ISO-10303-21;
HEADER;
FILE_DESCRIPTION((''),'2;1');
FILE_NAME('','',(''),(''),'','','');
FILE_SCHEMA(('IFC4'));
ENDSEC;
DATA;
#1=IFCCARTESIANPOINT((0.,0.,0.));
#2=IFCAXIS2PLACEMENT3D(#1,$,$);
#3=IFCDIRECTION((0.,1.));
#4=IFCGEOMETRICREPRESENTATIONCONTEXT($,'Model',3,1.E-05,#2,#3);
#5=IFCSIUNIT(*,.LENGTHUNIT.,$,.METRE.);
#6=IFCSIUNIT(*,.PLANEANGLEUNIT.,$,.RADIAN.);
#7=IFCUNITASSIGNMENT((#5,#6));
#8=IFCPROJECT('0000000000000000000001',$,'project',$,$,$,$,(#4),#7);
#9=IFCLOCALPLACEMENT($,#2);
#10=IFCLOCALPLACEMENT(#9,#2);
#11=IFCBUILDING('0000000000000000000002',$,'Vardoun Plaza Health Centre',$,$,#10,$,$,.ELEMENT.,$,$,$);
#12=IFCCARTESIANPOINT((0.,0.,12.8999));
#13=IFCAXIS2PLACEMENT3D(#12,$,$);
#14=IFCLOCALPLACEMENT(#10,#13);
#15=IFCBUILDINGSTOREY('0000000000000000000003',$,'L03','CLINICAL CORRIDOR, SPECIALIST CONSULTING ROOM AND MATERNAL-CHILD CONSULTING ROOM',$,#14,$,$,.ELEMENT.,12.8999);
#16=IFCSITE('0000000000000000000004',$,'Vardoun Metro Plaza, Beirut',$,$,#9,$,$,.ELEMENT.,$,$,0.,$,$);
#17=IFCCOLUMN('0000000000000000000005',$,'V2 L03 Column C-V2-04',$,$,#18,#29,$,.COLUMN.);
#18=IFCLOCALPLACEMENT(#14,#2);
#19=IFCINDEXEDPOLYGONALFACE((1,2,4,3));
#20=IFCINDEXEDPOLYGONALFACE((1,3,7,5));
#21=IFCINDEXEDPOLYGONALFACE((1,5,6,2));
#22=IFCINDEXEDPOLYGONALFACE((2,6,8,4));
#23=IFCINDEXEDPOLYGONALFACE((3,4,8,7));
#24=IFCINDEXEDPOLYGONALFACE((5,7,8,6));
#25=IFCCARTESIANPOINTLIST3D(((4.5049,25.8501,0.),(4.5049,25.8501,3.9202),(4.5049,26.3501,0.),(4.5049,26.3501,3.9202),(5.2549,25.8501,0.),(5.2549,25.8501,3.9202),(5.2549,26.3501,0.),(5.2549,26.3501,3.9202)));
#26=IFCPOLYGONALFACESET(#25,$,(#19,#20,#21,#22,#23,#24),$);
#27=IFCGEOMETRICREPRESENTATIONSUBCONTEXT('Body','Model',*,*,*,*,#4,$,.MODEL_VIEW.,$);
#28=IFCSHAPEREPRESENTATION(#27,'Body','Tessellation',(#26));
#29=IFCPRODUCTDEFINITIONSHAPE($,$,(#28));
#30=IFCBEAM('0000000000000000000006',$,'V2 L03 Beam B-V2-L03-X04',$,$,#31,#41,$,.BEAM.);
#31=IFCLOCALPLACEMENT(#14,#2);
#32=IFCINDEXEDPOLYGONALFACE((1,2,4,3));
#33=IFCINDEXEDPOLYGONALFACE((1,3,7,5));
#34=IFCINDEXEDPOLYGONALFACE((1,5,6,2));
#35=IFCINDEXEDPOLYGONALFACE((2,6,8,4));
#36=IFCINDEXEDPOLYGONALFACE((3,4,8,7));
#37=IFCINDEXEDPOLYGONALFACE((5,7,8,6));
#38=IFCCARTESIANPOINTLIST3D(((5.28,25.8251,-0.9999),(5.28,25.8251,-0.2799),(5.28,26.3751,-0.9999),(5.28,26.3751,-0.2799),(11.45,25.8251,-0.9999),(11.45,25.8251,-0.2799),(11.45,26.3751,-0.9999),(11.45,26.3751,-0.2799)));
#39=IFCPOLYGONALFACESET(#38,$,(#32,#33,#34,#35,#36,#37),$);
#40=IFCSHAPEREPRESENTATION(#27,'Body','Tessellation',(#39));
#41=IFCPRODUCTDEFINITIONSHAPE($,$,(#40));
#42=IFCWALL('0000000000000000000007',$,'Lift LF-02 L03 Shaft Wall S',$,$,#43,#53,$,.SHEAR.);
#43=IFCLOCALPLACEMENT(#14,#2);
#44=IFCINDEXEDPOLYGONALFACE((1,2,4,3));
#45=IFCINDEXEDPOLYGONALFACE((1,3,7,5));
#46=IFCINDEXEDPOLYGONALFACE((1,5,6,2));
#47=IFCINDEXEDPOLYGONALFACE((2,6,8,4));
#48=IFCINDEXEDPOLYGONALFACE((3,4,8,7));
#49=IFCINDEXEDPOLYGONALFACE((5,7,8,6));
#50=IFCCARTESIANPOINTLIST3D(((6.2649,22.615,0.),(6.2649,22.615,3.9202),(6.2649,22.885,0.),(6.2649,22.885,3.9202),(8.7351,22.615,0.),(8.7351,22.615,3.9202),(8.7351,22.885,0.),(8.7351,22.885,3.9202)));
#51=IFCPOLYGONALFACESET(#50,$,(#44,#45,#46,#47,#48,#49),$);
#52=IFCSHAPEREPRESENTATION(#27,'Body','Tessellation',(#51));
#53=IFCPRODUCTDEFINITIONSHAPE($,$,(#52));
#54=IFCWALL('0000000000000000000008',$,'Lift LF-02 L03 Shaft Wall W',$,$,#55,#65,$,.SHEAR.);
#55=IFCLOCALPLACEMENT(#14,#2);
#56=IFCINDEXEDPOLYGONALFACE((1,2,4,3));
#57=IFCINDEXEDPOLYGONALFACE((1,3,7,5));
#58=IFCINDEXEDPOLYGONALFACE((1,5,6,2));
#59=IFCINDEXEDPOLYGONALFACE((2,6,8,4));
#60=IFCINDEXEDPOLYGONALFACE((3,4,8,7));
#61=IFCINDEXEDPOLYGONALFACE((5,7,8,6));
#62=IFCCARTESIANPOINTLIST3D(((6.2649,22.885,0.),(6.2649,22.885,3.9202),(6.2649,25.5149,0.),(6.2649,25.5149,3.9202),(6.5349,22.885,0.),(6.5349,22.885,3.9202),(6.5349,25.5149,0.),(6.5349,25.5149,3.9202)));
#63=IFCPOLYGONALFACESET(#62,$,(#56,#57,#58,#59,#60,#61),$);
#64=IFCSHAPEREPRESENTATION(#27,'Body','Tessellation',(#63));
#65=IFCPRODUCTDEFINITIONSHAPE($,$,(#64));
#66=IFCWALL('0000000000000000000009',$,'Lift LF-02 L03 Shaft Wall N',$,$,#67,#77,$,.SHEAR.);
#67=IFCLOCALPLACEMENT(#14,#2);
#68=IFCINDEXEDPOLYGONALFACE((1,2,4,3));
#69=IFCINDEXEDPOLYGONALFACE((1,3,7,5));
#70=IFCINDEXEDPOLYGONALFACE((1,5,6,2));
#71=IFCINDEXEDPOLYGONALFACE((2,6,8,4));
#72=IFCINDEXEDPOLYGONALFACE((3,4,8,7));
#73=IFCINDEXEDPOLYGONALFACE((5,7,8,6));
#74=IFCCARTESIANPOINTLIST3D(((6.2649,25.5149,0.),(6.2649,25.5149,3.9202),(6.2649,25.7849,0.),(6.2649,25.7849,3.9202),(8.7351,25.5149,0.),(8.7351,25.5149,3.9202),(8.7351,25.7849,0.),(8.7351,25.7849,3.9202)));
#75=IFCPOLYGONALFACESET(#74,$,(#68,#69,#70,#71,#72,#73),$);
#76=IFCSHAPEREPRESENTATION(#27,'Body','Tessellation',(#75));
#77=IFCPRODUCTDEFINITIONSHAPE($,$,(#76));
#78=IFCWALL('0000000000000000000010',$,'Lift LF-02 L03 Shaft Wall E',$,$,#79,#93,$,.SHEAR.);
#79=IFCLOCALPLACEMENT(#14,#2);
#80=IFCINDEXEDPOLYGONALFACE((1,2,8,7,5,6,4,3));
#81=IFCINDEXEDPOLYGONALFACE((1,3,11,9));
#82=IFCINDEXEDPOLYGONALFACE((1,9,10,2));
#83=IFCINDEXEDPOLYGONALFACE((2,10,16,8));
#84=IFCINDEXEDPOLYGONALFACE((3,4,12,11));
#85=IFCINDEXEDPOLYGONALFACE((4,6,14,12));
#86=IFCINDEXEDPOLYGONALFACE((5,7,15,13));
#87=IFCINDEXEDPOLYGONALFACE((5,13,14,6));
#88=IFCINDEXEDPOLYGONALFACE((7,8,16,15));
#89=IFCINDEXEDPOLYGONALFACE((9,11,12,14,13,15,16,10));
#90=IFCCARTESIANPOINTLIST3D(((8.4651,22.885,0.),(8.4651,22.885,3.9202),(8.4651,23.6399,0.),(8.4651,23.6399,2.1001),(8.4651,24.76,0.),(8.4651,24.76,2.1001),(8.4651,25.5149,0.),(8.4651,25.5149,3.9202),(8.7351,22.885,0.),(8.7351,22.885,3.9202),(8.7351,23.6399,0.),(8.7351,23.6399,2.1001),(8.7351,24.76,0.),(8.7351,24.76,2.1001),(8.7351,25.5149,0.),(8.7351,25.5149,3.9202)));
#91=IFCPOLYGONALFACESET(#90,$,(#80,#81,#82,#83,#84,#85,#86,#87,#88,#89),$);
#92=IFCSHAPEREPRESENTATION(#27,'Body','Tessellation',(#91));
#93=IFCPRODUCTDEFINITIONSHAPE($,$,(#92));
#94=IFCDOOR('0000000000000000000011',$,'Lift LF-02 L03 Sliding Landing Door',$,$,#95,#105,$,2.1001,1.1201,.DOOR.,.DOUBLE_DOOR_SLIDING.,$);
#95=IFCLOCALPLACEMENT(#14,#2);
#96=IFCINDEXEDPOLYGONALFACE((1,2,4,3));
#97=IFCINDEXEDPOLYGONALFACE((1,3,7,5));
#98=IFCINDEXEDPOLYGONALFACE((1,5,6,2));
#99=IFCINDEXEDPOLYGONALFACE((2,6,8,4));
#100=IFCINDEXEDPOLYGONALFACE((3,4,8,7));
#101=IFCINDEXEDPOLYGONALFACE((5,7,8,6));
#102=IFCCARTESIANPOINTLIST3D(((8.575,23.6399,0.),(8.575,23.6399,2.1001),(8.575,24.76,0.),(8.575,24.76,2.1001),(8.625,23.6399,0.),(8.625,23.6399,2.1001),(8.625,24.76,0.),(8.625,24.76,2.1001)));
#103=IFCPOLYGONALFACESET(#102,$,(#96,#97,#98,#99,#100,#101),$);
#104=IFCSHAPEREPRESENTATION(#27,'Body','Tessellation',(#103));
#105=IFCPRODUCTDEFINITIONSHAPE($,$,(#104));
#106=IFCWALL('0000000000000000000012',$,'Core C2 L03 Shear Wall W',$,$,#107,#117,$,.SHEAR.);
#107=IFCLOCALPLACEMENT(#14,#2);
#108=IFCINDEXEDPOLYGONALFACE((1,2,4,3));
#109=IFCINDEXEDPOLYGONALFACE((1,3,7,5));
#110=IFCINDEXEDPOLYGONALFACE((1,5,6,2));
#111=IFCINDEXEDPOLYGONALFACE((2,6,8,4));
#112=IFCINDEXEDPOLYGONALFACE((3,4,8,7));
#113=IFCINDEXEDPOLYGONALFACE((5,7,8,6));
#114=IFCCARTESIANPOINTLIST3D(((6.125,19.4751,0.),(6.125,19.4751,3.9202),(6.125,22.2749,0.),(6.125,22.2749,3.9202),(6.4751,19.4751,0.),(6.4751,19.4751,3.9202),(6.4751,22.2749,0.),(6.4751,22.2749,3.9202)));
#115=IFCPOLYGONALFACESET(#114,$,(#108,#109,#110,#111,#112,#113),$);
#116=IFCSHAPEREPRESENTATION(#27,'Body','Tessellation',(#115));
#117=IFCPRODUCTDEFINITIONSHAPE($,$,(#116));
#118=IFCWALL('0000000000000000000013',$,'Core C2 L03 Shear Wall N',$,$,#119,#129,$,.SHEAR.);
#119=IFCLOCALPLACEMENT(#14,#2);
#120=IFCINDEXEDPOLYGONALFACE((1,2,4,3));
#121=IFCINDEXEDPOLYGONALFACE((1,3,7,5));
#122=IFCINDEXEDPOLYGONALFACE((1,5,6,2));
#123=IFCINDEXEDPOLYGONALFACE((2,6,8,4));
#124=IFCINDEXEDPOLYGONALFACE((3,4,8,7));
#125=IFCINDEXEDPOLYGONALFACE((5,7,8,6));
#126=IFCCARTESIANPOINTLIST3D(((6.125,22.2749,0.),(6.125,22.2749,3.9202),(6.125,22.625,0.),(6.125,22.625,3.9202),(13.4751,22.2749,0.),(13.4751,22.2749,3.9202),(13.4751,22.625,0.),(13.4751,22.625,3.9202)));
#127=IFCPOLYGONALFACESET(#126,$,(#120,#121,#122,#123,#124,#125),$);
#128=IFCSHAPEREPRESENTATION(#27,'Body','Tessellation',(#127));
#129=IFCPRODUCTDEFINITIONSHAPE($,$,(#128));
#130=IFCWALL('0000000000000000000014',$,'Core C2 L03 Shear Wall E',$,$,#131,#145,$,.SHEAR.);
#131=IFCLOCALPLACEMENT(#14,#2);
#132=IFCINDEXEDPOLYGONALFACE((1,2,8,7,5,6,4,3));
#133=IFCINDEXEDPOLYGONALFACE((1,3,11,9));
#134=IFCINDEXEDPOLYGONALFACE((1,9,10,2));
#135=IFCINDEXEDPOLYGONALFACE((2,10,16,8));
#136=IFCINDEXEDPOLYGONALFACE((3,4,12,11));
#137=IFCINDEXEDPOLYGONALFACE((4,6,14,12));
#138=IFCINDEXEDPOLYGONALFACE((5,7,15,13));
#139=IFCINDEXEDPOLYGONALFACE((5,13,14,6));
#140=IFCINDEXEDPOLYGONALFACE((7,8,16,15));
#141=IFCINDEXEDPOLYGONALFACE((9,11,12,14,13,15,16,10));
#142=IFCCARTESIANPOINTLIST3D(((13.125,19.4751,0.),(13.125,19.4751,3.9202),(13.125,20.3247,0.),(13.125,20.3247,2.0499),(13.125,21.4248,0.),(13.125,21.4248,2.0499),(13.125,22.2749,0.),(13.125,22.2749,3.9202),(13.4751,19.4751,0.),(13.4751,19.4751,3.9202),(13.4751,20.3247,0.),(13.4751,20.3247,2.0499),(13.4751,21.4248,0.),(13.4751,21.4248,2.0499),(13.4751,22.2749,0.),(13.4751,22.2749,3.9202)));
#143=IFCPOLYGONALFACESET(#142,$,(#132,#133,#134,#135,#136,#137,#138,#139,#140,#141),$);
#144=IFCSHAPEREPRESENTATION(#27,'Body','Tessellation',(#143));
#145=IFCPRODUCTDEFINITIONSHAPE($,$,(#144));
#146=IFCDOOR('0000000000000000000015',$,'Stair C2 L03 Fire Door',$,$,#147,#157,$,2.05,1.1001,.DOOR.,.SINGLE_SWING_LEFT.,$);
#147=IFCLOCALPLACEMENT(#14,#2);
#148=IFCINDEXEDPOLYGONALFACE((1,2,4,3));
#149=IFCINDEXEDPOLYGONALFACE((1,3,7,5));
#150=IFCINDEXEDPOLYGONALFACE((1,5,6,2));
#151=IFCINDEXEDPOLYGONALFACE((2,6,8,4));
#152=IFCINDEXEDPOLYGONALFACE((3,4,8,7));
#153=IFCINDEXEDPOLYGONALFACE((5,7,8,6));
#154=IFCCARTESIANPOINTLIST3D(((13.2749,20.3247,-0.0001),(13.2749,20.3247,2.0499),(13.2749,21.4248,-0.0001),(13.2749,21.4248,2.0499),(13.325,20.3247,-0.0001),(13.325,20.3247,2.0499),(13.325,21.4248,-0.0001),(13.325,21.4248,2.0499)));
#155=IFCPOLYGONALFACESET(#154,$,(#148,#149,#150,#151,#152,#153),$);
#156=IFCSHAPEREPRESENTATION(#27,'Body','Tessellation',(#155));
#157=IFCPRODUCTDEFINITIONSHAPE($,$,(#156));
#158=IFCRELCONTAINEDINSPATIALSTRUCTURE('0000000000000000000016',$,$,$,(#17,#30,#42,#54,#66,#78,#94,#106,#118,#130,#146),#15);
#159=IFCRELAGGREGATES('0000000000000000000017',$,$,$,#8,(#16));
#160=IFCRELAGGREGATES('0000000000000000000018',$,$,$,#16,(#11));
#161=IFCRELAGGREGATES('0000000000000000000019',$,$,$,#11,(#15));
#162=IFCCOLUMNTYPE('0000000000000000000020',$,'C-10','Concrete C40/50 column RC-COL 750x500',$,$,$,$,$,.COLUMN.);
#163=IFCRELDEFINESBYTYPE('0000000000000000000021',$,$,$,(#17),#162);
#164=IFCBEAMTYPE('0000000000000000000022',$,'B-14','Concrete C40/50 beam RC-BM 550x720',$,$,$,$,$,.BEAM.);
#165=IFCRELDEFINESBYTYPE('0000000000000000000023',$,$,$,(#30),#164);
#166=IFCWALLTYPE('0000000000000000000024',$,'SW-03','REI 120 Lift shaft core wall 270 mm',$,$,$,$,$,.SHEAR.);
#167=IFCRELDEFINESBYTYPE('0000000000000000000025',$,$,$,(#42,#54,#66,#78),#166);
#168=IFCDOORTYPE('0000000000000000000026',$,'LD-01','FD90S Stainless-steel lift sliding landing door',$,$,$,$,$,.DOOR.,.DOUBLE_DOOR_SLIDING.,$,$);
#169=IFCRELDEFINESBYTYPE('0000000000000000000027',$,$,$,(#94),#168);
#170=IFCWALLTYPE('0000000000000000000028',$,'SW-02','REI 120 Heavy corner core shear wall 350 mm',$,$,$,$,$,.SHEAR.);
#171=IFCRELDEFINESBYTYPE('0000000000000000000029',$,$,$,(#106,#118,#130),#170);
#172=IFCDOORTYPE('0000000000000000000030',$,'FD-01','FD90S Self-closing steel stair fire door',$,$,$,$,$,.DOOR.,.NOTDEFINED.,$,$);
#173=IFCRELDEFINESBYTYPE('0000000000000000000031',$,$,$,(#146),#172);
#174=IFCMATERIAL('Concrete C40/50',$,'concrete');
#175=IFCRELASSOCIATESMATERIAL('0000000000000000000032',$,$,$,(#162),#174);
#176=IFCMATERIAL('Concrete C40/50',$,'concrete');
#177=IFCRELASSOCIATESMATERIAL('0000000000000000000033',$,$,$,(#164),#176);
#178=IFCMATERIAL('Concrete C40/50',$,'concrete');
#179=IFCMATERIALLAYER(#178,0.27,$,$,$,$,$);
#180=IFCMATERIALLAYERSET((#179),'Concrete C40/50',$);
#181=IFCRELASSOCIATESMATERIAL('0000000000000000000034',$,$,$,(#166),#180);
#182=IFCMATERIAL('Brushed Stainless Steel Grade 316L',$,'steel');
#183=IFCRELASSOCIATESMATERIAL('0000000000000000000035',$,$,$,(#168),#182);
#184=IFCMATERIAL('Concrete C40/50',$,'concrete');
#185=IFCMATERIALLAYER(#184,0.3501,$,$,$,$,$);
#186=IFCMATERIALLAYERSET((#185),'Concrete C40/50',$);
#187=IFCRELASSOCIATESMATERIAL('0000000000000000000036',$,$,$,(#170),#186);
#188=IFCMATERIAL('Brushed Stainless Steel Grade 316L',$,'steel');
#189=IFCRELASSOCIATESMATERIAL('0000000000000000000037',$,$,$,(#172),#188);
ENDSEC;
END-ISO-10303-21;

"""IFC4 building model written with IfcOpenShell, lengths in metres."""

from ifc_helpers import new_model, si_unit, direction, frame, frame_2d, origin, origin_2d, place, context, subcontext, project, spatial, rectangle, extrude, material, layer, layer_set, material_profile, profile_set, type_object, element, fill, save


model = new_model("IFC4")

# Units and contexts
model_context = context("Model", 3, precision=1e-05, world=origin(), true_north=direction((0.0, 1.0)))
body_context = subcontext(model_context, "Body", "Model", "MODEL_VIEW")
ifc_project = project(units=[si_unit("LENGTHUNIT", "METRE"), si_unit("PLANEANGLEUNIT", "RADIAN")], contexts=[model_context])

# Site, building, storey
site_placement = place(None, origin())
site = spatial("IfcSite", under=ifc_project, at=site_placement, Name="Vardoun Metro Plaza, Beirut", CompositionType="ELEMENT", RefElevation=0.0)
building_placement = place(site_placement, origin())
building = spatial("IfcBuilding", under=site, at=building_placement, Name="Vardoun Plaza Health Centre", CompositionType="ELEMENT")
storey_placement = place(building_placement, frame((0.0, 0.0, 12.8999)))
storey = spatial("IfcBuildingStorey", under=building, at=storey_placement, Name="L03", Description="CLINICAL CORRIDOR, SPECIALIST CONSULTING ROOM AND MATERNAL-CHILD CONSULTING ROOM", CompositionType="ELEMENT", Elevation=12.8999)

# Column
ifc_material_1 = material(Name="Concrete C40/50", Category="concrete")
ifc_material_profile_1 = material_profile(ifc_material_1, rectangle(XDim=0.75, YDim=0.5, at=origin_2d()), Name="RC-COL 750x500")
ifc_profile_set_1 = profile_set([ifc_material_profile_1], Name="Concrete C40/50")
column_type = type_object("IfcColumnType", Name="C-10", Description="Concrete C40/50 column RC-COL 750x500", PredefinedType="COLUMN", material=ifc_profile_set_1)
column_placement = place(storey_placement, frame((4.8799, 26.1001, 0.0), z_axis=(0.0, 0.0, 1.0), x_axis=(1.0, 0.0, 0.0)))
element("IfcColumn", 1, at=column_placement, inside=storey, type_object=column_type, Name="V2 L03 Column C-V2-04", PredefinedType="COLUMN", context=body_context, shape_type="SweptSolid", body=[
    extrude(rectangle(XDim=0.75, YDim=0.5, at=origin_2d()), origin(), (0.0, 0.0, 1.0), 3.9202),
])

# Beam
ifc_material_2 = material(Name="Concrete C40/50", Category="concrete")
ifc_material_profile_2 = material_profile(ifc_material_2, rectangle(XDim=0.55, YDim=0.72, at=origin_2d()), Name="RC-BM 550x720")
ifc_profile_set_2 = profile_set([ifc_material_profile_2], Name="Concrete C40/50")
beam_type = type_object("IfcBeamType", Name="B-14", Description="Concrete C40/50 beam RC-BM 550x720", PredefinedType="BEAM", material=ifc_profile_set_2)
beam_placement = place(storey_placement, frame((5.28, 26.1001, -0.6399), z_axis=(1.0, 0.0, 0.0), x_axis=(0.0, 1.0, 0.0)))
element("IfcBeam", 2, at=beam_placement, inside=storey, type_object=beam_type, Name="V2 L03 Beam B-V2-L03-X04", PredefinedType="BEAM", context=body_context, shape_type="SweptSolid", body=[
    extrude(rectangle(XDim=0.55, YDim=0.72, at=origin_2d()), origin(), (0.0, 0.0, 1.0), 6.1699),
])

# Walls
ifc_material_3 = material(Name="Concrete C40/50", Category="concrete")
ifc_layer_1 = layer(ifc_material_3, 0.27)
ifc_layer_set_1 = layer_set([ifc_layer_1], Name="Concrete C40/50")
wall_type_1 = type_object("IfcWallType", Name="SW-03", Description="REI 120 Lift shaft core wall 270 mm", PredefinedType="SHEAR", material=ifc_layer_set_1)
wall_1_placement = place(storey_placement, frame((8.7351, 22.75, 0.0), z_axis=(0.0, 0.0, 1.0), x_axis=(-1.0, 0.0, 0.0)))
element("IfcWall", 3, at=wall_1_placement, inside=storey, type_object=wall_type_1, Name="Lift LF-02 L03 Shaft Wall S", PredefinedType="SHEAR", context=body_context, shape_type="SweptSolid", body=[
    extrude(rectangle(XDim=2.4702, YDim=0.27, at=frame_2d((1.2351, 0.0))), origin(), (0.0, 0.0, 1.0), 3.9202),
])
wall_2_placement = place(storey_placement, frame((6.3999, 22.885, 0.0), z_axis=(0.0, 0.0, 1.0), x_axis=(0.0, 1.0, 0.0)))
element("IfcWall", 4, at=wall_2_placement, inside=storey, type_object=wall_type_1, Name="Lift LF-02 L03 Shaft Wall W", PredefinedType="SHEAR", context=body_context, shape_type="SweptSolid", body=[
    extrude(rectangle(XDim=2.6299, YDim=0.27, at=frame_2d((1.3149, 0.0))), origin(), (0.0, 0.0, 1.0), 3.9202),
])
wall_3_placement = place(storey_placement, frame((6.2649, 25.6499, 0.0), z_axis=(0.0, 0.0, 1.0), x_axis=(1.0, 0.0, 0.0)))
element("IfcWall", 5, at=wall_3_placement, inside=storey, type_object=wall_type_1, Name="Lift LF-02 L03 Shaft Wall N", PredefinedType="SHEAR", context=body_context, shape_type="SweptSolid", body=[
    extrude(rectangle(XDim=2.4702, YDim=0.27, at=frame_2d((1.2351, 0.0))), origin(), (0.0, 0.0, 1.0), 3.9202),
])

# Wall, opening, door
wall_4_placement = place(storey_placement, frame((8.6001, 25.5149, 0.0), z_axis=(0.0, 0.0, 1.0), x_axis=(0.0, -1.0, 0.0)))
wall_4 = element("IfcWall", 6, at=wall_4_placement, inside=storey, type_object=wall_type_1, Name="Lift LF-02 L03 Shaft Wall E", PredefinedType="SHEAR", context=body_context, shape_type="SweptSolid", body=[
    extrude(rectangle(XDim=2.6299, YDim=0.27, at=frame_2d((1.3149, 0.0))), origin(), (0.0, 0.0, 1.0), 3.9202),
])
opening_1_placement = place(wall_4_placement, frame((0.7549, 0.0, 0.0)))
opening_1 = element("IfcOpeningElement", 7, at=opening_1_placement, cuts=wall_4, PredefinedType="OPENING", context=body_context, shape_type="SweptSolid", body=[
    extrude(rectangle(XDim=1.1201, YDim=2.1001, at=frame_2d((0.5601, 1.05))), frame((0.0, 0.135, 0.0), z_axis=(0.0, -1.0, 0.0), x_axis=(1.0, 0.0, 0.0)), (0.0, 0.0, 1.0), 0.27),
])
ifc_material_4 = material(Name="Brushed Stainless Steel Grade 316L", Category="steel")
door_type_1 = type_object("IfcDoorType", Name="LD-01", Description="FD90S Stainless-steel lift sliding landing door", OperationType="DOUBLE_DOOR_SLIDING", PredefinedType="DOOR", material=ifc_material_4)
door_1_placement = place(opening_1_placement, origin())
door_1 = element("IfcDoor", 8, at=door_1_placement, inside=storey, type_object=door_type_1, Name="Lift LF-02 L03 Sliding Landing Door", OperationType="DOUBLE_DOOR_SLIDING", OverallHeight=2.1001, OverallWidth=1.1201, PredefinedType="DOOR", context=body_context, shape_type="SweptSolid", body=[
    extrude(rectangle(XDim=1.1201, YDim=2.1001, at=frame_2d((0.5601, 1.05))), frame((0.0, 0.0249, 0.0), z_axis=(0.0, -1.0, 0.0), x_axis=(1.0, 0.0, 0.0)), (0.0, 0.0, 1.0), 0.05),
])
fill(opening_1, door_1)

# Walls
ifc_material_5 = material(Name="Concrete C40/50", Category="concrete")
ifc_layer_2 = layer(ifc_material_5, 0.3501)
ifc_layer_set_2 = layer_set([ifc_layer_2], Name="Concrete C40/50")
wall_type_2 = type_object("IfcWallType", Name="SW-02", Description="REI 120 Heavy corner core shear wall 350 mm", PredefinedType="SHEAR", material=ifc_layer_set_2)
wall_5_placement = place(storey_placement, frame((6.3, 19.4751, 0.0), z_axis=(0.0, 0.0, 1.0), x_axis=(0.0, 1.0, 0.0)))
element("IfcWall", 9, at=wall_5_placement, inside=storey, type_object=wall_type_2, Name="Core C2 L03 Shear Wall W", PredefinedType="SHEAR", context=body_context, shape_type="SweptSolid", body=[
    extrude(rectangle(XDim=2.7998, YDim=0.3501, at=frame_2d((1.3999, 0.0))), origin(), (0.0, 0.0, 1.0), 3.9202),
])
wall_6_placement = place(storey_placement, frame((6.125, 22.45, 0.0), z_axis=(0.0, 0.0, 1.0), x_axis=(1.0, 0.0, 0.0)))
element("IfcWall", 10, at=wall_6_placement, inside=storey, type_object=wall_type_2, Name="Core C2 L03 Shear Wall N", PredefinedType="SHEAR", context=body_context, shape_type="SweptSolid", body=[
    extrude(rectangle(XDim=7.3501, YDim=0.3501, at=frame_2d((3.675, 0.0))), origin(), (0.0, 0.0, 1.0), 3.9202),
])

# Wall, opening, door
wall_7_placement = place(storey_placement, frame((13.3, 22.2749, 0.0), z_axis=(0.0, 0.0, 1.0), x_axis=(0.0, -1.0, 0.0)))
wall_7 = element("IfcWall", 11, at=wall_7_placement, inside=storey, type_object=wall_type_2, Name="Core C2 L03 Shear Wall E", PredefinedType="SHEAR", context=body_context, shape_type="SweptSolid", body=[
    extrude(rectangle(XDim=2.7998, YDim=0.3501, at=frame_2d((1.3999, 0.0))), origin(), (0.0, 0.0, 1.0), 3.9202),
])
opening_2_placement = place(wall_7_placement, frame((0.8501, 0.0, 0.0)))
opening_2 = element("IfcOpeningElement", 12, at=opening_2_placement, cuts=wall_7, PredefinedType="OPENING", context=body_context, shape_type="SweptSolid", body=[
    extrude(rectangle(XDim=1.1001, YDim=2.05, at=frame_2d((0.55, 1.0249))), frame((0.0, 0.175, 0.0), z_axis=(0.0, -1.0, 0.0), x_axis=(1.0, 0.0, 0.0)), (0.0, 0.0, 1.0), 0.3501),
])
ifc_material_6 = material(Name="Brushed Stainless Steel Grade 316L", Category="steel")
door_type_2 = type_object("IfcDoorType", Name="FD-01", Description="FD90S Self-closing steel stair fire door", OperationType="NOTDEFINED", PredefinedType="DOOR", material=ifc_material_6)
door_2_placement = place(opening_2_placement, origin())
door_2 = element("IfcDoor", 13, at=door_2_placement, inside=storey, type_object=door_type_2, Name="Stair C2 L03 Fire Door", OperationType="SINGLE_SWING_LEFT", OverallHeight=2.05, OverallWidth=1.1001, PredefinedType="DOOR", context=body_context, shape_type="SweptSolid", body=[
    extrude(rectangle(XDim=1.1001, YDim=2.05, at=frame_2d((0.55, 1.0249))), frame((0.0, 0.0249, 0.0), z_axis=(0.0, -1.0, 0.0), x_axis=(1.0, 0.0, 0.0)), (0.0, 0.0, 1.0), 0.05),
])
fill(opening_2, door_2)

save(model, "model.ifc")
